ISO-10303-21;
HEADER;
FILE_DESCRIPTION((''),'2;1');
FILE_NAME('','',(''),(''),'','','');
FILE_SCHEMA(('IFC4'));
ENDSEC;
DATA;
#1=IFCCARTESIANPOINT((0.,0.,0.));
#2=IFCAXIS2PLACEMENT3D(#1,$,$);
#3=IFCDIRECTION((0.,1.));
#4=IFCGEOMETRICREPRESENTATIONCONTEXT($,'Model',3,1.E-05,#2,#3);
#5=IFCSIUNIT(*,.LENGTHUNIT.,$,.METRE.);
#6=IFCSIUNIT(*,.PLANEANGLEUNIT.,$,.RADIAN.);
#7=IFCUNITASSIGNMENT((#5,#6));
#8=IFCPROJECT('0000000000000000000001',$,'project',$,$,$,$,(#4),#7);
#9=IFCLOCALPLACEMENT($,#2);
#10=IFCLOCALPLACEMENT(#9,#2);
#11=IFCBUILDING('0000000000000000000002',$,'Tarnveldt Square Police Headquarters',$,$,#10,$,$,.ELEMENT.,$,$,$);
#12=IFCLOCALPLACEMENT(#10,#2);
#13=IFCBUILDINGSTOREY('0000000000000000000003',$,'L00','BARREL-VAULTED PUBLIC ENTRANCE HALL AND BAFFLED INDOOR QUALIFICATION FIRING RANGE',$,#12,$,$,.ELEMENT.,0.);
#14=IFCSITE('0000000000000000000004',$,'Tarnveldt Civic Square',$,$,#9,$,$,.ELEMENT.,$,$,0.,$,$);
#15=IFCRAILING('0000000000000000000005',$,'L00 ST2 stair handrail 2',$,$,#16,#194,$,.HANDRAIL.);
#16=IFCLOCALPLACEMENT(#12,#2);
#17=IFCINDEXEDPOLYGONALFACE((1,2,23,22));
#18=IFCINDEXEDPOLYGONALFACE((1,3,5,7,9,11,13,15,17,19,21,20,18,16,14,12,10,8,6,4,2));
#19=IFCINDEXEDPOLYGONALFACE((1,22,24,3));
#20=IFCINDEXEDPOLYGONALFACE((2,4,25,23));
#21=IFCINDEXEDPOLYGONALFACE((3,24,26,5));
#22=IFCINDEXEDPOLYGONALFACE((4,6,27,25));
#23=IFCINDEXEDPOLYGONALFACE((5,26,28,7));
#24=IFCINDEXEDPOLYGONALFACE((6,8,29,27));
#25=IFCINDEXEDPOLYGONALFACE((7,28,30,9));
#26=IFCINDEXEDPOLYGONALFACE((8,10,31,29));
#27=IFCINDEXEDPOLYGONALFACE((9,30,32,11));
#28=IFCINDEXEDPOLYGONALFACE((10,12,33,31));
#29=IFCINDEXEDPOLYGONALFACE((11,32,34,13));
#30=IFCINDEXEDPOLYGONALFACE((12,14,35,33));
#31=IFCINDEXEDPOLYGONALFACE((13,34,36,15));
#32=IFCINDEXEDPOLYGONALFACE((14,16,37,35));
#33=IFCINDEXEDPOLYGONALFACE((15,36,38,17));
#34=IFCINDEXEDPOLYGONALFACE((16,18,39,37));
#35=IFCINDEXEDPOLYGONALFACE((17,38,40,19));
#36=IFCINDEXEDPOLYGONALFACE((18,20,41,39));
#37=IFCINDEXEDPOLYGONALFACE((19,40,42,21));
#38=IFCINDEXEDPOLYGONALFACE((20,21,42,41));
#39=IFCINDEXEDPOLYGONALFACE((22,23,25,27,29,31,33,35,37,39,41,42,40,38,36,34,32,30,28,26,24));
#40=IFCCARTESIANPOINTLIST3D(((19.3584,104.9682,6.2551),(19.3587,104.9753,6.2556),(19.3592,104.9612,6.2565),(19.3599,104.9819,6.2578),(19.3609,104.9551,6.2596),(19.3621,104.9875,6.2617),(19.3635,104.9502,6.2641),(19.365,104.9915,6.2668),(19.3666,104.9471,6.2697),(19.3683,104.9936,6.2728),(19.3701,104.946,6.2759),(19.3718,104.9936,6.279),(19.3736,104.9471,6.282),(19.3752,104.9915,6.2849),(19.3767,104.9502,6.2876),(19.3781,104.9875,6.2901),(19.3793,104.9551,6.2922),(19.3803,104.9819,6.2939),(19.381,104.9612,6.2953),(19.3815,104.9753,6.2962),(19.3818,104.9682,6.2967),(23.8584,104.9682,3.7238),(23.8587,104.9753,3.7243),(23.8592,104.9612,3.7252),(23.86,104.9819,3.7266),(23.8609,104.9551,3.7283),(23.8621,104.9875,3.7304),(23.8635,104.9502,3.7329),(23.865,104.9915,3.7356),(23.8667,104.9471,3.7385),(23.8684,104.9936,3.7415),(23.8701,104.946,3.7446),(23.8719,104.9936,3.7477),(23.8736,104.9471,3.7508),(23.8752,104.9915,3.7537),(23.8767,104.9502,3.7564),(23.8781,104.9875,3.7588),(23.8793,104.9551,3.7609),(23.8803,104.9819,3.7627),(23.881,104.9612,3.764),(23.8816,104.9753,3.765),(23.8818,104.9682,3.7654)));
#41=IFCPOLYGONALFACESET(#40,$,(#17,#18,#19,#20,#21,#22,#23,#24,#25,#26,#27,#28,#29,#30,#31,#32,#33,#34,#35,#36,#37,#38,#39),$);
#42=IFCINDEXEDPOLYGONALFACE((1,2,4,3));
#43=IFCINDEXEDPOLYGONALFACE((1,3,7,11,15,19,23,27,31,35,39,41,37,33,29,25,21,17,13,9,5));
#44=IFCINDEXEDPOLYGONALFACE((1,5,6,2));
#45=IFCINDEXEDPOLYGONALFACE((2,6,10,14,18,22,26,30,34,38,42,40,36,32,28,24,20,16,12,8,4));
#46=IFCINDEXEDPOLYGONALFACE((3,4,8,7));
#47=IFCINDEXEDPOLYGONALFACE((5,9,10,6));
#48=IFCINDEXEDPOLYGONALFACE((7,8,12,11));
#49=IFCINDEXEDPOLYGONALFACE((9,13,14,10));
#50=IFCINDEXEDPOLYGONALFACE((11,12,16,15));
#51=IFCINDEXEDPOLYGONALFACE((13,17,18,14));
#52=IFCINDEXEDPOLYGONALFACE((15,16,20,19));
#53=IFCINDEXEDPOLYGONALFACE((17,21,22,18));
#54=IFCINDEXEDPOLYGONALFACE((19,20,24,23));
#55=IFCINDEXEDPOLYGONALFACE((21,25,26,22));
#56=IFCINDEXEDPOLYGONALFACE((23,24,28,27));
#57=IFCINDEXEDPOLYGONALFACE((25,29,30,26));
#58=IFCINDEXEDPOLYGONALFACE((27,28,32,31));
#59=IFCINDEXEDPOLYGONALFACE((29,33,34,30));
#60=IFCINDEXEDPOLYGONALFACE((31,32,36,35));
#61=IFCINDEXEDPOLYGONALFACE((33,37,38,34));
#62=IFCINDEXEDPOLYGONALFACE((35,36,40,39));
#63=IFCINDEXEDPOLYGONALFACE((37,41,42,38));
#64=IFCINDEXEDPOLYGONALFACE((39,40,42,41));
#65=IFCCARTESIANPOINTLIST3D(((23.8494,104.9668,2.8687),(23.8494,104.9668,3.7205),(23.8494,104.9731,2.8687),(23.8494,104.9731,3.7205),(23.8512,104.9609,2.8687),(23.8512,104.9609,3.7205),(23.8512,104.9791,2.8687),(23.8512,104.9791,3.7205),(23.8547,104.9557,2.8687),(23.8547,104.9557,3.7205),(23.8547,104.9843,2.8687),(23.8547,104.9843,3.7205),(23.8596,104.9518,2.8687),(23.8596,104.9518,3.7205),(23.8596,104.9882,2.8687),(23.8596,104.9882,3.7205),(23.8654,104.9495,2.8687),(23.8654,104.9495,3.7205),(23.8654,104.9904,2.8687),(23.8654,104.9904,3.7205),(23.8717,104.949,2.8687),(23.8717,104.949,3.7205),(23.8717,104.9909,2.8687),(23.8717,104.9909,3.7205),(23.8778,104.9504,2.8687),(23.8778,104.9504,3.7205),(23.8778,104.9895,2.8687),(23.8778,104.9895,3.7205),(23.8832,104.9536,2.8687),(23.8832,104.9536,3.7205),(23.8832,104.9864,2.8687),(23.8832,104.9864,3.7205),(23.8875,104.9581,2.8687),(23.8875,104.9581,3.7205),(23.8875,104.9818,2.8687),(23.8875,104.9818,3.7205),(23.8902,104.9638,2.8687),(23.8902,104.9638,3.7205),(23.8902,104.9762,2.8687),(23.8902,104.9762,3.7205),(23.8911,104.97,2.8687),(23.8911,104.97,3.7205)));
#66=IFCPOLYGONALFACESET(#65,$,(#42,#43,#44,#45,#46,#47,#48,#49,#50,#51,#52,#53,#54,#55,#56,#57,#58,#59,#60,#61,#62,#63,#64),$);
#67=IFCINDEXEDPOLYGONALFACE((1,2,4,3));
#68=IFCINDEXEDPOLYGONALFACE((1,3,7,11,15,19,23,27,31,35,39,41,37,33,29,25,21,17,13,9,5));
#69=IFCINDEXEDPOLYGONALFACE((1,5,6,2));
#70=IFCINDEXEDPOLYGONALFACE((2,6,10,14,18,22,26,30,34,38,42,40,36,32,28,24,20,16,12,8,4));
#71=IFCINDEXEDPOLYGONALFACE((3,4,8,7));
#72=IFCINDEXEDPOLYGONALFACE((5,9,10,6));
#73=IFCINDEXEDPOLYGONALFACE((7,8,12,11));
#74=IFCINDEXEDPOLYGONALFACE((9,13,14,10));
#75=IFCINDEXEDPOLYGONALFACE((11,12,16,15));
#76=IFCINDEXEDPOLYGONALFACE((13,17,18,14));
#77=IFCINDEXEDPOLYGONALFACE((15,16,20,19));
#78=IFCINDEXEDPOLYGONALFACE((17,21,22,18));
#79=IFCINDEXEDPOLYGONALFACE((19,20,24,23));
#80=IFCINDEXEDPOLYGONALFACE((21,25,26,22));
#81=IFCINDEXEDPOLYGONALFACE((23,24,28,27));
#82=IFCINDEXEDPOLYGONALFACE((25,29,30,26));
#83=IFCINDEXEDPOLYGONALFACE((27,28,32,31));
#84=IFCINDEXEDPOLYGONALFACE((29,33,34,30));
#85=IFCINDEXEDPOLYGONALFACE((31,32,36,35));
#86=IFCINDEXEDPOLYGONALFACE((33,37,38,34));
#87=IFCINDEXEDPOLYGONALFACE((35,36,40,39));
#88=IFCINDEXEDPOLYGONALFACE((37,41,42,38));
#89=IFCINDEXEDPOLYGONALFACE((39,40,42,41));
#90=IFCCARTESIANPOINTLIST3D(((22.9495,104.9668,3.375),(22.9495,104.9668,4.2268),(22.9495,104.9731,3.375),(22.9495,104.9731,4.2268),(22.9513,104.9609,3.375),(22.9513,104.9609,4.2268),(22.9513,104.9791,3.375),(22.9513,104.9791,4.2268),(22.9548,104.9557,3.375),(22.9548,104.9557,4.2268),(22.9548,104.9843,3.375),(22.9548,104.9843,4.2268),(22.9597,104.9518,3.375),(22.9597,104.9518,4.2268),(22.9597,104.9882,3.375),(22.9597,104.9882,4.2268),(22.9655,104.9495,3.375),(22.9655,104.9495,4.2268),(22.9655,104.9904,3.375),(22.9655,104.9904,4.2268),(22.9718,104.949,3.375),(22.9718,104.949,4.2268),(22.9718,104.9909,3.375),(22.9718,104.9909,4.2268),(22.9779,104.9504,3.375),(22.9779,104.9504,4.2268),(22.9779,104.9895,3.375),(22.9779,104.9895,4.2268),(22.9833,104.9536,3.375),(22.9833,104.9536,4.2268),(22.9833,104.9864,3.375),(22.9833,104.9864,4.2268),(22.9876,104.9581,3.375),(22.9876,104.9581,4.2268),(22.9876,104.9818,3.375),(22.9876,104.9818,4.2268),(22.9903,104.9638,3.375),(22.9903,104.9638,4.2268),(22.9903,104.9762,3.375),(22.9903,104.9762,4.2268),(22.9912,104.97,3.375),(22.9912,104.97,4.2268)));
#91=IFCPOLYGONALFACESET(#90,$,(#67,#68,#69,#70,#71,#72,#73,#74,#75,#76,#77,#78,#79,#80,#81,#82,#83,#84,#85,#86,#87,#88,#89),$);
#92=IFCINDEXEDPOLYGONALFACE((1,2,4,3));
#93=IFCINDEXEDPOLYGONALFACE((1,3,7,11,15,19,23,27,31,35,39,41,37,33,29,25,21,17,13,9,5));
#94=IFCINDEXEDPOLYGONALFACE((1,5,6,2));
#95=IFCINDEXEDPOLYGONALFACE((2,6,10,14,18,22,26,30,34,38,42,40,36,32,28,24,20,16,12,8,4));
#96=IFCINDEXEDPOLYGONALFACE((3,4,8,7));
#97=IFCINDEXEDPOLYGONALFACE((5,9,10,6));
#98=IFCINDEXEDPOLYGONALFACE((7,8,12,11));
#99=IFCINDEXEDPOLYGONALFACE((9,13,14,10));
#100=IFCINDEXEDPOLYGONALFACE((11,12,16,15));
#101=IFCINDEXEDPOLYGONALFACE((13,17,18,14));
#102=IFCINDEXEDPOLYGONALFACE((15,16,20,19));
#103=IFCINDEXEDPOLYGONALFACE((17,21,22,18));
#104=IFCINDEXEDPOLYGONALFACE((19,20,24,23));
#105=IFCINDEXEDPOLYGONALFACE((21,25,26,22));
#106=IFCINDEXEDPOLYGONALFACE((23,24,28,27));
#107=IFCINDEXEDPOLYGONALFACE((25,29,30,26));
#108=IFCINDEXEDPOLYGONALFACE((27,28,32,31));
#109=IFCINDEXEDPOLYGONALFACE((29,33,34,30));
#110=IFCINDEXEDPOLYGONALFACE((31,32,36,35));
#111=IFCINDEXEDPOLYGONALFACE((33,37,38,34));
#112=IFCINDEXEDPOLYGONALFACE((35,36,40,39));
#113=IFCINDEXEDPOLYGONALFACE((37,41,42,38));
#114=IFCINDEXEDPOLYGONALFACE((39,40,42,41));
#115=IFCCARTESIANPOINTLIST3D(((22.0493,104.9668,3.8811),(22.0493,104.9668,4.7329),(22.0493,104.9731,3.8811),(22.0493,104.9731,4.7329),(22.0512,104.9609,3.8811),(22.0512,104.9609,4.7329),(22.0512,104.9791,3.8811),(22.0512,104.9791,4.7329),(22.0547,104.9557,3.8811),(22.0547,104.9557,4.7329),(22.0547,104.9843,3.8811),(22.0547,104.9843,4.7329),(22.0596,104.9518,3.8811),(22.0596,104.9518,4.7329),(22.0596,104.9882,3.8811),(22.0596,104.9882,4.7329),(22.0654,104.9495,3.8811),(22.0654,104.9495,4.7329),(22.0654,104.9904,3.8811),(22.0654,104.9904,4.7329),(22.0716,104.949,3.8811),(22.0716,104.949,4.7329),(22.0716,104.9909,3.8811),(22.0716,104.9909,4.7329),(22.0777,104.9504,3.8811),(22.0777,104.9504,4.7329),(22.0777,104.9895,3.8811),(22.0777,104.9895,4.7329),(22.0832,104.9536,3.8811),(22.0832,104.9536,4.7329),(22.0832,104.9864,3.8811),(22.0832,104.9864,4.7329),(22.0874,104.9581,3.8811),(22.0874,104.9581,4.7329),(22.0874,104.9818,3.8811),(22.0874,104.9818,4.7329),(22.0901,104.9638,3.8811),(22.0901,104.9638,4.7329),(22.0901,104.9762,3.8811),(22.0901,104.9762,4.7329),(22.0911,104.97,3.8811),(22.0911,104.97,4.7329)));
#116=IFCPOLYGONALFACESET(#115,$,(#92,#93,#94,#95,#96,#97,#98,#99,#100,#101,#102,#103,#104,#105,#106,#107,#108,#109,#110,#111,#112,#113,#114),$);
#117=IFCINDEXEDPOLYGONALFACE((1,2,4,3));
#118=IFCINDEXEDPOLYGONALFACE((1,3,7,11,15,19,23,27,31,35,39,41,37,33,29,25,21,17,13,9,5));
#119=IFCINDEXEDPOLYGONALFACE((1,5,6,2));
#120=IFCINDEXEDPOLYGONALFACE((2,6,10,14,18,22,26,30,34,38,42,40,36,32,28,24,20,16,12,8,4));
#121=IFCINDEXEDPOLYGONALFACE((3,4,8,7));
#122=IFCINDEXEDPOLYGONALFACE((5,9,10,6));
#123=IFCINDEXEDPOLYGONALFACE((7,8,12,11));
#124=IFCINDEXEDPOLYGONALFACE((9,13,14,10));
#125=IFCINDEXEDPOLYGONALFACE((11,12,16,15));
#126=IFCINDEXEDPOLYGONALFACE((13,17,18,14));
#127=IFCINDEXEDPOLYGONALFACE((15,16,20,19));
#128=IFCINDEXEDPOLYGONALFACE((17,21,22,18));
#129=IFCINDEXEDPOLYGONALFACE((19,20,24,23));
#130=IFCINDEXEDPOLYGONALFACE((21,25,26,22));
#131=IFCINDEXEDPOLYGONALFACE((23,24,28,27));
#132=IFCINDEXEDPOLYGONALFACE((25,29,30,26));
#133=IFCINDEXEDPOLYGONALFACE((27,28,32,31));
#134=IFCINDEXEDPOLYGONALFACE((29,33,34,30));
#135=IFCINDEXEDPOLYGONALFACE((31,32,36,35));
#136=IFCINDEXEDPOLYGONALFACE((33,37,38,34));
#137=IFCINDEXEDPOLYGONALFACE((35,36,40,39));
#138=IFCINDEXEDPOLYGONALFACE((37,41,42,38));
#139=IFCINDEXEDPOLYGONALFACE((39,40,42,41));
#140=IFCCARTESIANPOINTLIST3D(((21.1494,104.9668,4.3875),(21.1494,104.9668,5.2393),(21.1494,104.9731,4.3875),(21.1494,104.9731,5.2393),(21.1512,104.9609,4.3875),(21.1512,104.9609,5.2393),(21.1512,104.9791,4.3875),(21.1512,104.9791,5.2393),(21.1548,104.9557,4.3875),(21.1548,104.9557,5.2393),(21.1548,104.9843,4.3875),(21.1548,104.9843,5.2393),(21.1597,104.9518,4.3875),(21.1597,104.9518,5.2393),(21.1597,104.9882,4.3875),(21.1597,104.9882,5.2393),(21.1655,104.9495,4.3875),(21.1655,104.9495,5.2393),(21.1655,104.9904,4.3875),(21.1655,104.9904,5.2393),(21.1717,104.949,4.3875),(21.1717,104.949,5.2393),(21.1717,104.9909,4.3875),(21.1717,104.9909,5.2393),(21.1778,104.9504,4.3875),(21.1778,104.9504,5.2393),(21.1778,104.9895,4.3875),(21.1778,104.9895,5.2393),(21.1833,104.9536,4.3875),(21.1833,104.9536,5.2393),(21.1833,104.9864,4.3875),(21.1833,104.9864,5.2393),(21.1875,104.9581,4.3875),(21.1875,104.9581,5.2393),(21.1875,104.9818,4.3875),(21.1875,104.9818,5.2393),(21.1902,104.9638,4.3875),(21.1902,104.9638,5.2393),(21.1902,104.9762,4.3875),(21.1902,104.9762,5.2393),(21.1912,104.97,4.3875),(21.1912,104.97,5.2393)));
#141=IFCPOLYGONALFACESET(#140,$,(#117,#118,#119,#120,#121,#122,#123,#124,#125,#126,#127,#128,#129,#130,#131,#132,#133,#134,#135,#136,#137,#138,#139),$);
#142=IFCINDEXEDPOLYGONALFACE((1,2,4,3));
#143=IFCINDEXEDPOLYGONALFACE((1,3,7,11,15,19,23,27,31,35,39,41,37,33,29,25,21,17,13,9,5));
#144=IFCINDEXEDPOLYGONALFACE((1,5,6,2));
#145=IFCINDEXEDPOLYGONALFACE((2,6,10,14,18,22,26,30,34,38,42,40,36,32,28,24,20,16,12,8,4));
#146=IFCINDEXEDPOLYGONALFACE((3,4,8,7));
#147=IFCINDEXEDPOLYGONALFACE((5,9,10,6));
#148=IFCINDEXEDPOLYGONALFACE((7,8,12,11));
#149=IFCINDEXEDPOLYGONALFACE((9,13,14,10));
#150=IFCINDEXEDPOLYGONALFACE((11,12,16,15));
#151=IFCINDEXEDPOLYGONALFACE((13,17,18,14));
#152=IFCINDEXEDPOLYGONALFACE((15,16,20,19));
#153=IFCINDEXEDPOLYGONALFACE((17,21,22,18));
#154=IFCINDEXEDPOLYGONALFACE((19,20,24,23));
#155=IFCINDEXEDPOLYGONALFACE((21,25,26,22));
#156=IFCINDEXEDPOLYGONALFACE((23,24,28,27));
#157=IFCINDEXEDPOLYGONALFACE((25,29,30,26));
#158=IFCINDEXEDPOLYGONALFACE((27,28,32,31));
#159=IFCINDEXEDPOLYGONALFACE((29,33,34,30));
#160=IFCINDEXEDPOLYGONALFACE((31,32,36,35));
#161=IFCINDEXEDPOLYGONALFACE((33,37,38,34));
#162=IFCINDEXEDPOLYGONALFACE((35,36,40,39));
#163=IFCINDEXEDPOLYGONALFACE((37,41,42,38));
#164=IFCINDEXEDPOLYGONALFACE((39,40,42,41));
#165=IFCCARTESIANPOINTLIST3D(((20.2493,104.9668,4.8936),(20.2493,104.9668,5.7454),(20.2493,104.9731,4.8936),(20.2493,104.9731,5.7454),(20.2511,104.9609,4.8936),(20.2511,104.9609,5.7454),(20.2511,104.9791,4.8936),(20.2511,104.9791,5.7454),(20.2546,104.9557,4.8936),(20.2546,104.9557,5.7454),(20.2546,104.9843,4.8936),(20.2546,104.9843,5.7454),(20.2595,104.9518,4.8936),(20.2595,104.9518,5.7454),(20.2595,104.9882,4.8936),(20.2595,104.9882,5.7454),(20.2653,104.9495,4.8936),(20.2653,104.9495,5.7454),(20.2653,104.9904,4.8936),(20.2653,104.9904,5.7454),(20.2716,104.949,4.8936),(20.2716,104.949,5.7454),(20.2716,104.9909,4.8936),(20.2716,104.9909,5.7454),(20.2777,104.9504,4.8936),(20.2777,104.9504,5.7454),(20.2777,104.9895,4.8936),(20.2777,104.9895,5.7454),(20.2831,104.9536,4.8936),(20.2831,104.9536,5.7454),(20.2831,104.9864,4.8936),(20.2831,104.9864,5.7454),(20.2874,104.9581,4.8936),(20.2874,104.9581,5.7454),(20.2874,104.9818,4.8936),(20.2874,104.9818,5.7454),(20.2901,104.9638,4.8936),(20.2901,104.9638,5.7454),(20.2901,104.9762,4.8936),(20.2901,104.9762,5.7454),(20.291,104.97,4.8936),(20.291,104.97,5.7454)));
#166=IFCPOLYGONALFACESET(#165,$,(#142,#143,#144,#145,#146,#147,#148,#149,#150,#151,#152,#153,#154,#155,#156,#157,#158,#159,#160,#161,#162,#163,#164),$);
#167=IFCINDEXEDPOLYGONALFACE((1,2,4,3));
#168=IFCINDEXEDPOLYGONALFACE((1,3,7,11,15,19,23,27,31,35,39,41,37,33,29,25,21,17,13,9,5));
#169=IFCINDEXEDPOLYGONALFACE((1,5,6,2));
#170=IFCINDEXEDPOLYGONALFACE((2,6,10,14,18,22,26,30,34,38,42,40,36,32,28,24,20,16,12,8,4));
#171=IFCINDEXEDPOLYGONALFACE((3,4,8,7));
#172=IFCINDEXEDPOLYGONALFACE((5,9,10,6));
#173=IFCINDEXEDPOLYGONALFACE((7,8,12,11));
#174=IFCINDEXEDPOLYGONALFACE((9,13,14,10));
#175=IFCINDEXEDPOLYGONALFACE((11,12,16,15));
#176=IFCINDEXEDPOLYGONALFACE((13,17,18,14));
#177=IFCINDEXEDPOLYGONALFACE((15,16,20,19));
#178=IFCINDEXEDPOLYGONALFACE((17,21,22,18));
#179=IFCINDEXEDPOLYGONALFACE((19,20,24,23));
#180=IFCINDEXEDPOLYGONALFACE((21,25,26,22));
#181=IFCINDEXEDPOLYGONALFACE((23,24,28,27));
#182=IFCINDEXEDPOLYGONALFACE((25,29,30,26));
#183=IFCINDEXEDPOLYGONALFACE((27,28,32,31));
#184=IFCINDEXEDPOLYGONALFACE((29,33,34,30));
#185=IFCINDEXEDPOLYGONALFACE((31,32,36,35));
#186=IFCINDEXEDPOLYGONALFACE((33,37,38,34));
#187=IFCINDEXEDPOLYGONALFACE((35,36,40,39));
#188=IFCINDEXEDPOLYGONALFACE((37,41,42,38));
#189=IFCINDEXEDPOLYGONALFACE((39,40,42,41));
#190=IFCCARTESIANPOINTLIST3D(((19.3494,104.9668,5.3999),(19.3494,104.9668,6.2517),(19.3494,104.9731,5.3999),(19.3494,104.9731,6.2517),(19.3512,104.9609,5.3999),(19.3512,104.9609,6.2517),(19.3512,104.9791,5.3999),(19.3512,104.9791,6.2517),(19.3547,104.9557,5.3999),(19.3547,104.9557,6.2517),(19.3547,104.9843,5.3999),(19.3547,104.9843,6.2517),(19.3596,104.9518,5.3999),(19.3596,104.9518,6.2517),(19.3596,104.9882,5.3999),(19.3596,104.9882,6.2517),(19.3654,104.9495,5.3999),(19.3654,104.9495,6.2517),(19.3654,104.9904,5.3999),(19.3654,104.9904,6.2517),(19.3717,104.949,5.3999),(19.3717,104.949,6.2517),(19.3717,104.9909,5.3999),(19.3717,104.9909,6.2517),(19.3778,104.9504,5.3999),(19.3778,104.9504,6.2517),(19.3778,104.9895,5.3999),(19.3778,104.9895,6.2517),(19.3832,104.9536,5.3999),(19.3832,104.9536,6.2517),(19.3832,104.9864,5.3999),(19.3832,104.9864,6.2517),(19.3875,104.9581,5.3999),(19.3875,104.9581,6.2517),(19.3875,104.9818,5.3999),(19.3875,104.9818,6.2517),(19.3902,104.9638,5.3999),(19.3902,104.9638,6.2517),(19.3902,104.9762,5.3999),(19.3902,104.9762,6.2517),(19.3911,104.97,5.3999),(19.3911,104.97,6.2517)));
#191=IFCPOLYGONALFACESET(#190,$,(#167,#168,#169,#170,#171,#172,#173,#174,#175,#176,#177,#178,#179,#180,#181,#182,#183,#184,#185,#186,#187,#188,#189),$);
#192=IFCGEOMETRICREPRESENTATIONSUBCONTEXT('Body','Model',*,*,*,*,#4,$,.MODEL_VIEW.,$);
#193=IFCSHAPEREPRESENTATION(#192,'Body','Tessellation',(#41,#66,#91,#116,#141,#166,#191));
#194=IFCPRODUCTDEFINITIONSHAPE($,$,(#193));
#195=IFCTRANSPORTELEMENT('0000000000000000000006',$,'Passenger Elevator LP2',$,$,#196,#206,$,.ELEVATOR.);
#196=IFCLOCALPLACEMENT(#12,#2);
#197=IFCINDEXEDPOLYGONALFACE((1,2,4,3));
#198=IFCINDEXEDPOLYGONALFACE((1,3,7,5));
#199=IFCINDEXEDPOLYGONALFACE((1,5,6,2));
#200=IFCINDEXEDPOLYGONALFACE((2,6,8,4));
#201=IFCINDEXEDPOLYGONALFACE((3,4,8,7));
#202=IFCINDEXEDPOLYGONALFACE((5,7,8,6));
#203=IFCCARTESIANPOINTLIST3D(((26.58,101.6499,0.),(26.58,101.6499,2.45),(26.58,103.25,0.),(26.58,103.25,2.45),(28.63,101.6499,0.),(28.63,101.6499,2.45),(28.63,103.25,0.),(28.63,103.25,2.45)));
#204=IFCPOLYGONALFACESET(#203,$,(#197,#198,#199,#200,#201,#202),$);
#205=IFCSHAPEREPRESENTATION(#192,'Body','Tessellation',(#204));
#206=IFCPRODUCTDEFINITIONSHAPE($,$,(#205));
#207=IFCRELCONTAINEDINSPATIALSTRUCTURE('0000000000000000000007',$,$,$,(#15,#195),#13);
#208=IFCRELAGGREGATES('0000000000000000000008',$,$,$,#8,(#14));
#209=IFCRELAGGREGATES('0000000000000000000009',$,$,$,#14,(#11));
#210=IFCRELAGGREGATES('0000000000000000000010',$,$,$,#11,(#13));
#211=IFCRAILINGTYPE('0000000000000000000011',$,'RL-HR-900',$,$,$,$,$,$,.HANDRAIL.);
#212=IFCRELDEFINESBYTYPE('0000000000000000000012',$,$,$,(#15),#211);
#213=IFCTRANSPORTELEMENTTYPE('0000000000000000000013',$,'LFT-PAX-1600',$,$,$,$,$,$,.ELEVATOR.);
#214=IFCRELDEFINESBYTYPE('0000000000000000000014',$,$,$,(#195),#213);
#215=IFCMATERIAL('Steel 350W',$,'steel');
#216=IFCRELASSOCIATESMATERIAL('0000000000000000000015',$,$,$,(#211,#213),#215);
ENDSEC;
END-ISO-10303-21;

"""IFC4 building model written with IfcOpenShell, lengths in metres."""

from ifc_helpers import new_model, si_unit, direction, frame, origin, origin_2d, place, context, subcontext, project, spatial, rectangle, circle, extrude, material, type_object, element, save


model = new_model("IFC4")

# Units and contexts
model_context = context("Model", 3, precision=1e-05, world=origin(), true_north=direction((0.0, 1.0)))
body_context = subcontext(model_context, "Body", "Model", "MODEL_VIEW")
ifc_project = project(units=[si_unit("LENGTHUNIT", "METRE"), si_unit("PLANEANGLEUNIT", "RADIAN")], contexts=[model_context])

# Site, building, storey
site_placement = place(None, origin())
site = spatial("IfcSite", under=ifc_project, at=site_placement, Name="Tarnveldt Civic Square", CompositionType="ELEMENT", RefElevation=0.0)
building_placement = place(site_placement, origin())
building = spatial("IfcBuilding", under=site, at=building_placement, Name="Tarnveldt Square Police Headquarters", CompositionType="ELEMENT")
storey_placement = place(building_placement, origin())
storey = spatial("IfcBuildingStorey", under=building, at=storey_placement, Name="L00", Description="BARREL-VAULTED PUBLIC ENTRANCE HALL AND BAFFLED INDOOR QUALIFICATION FIRING RANGE", CompositionType="ELEMENT", Elevation=0.0)

# Shared definitions
ifc_material_1 = material(Name="Steel 350W", Category="steel")

# Railing
railing_type_1 = type_object("IfcRailingType", Name="RL-HR-900", PredefinedType="HANDRAIL", material=ifc_material_1)
railing_1_placement = place(storey_placement, frame((23.8701, 104.97, 2.8687)))
element("IfcRailing", 1, at=railing_1_placement, inside=storey, type_object=railing_type_1, Name="L00 ST2 stair handrail 2", PredefinedType="HANDRAIL", context=body_context, shape_type="SweptSolid", body=[
    extrude(circle(Radius=0.0239, at=origin_2d()), frame((0.0, 0.0, 0.876), z_axis=(-0.871576, 0.0, 0.490261), x_axis=(0.0, -1.0, 0.0)), (0.0, 0.0, 1.0), 5.1631),
    extrude(circle(Radius=0.021, at=origin_2d()), origin(), (0.0, 0.0, 1.0), 0.8518),
    extrude(circle(Radius=0.021, at=origin_2d()), frame((-0.8999, 0.0, 0.5063)), (0.0, 0.0, 1.0), 0.8518),
    extrude(circle(Radius=0.021, at=origin_2d()), frame((-1.8, 0.0, 1.0125)), (0.0, 0.0, 1.0), 0.8518),
    extrude(circle(Radius=0.021, at=origin_2d()), frame((-2.7, 0.0, 1.5188)), (0.0, 0.0, 1.0), 0.8518),
    extrude(circle(Radius=0.021, at=origin_2d()), frame((-3.6001, 0.0, 2.0249)), (0.0, 0.0, 1.0), 0.8518),
    extrude(circle(Radius=0.021, at=origin_2d()), frame((-4.5, 0.0, 2.5312)), (0.0, 0.0, 1.0), 0.8518),
])

# Transport element
transport_element_type = type_object("IfcTransportElementType", Name="LFT-PAX-1600", PredefinedType="ELEVATOR", material=ifc_material_1)
transport_element_placement = place(storey_placement, frame((27.605, 102.45, 0.0), z_axis=(0.0, 0.0, 1.0), x_axis=(1.0, 0.0, 0.0)))
element("IfcTransportElement", 2, at=transport_element_placement, inside=storey, type_object=transport_element_type, Name="Passenger Elevator LP2", PredefinedType="ELEVATOR", context=body_context, shape_type="SweptSolid", body=[
    extrude(rectangle(XDim=2.05, YDim=1.6001, at=origin_2d()), origin(), (0.0, 0.0, 1.0), 2.45),
])

save(model, "model.ifc")
